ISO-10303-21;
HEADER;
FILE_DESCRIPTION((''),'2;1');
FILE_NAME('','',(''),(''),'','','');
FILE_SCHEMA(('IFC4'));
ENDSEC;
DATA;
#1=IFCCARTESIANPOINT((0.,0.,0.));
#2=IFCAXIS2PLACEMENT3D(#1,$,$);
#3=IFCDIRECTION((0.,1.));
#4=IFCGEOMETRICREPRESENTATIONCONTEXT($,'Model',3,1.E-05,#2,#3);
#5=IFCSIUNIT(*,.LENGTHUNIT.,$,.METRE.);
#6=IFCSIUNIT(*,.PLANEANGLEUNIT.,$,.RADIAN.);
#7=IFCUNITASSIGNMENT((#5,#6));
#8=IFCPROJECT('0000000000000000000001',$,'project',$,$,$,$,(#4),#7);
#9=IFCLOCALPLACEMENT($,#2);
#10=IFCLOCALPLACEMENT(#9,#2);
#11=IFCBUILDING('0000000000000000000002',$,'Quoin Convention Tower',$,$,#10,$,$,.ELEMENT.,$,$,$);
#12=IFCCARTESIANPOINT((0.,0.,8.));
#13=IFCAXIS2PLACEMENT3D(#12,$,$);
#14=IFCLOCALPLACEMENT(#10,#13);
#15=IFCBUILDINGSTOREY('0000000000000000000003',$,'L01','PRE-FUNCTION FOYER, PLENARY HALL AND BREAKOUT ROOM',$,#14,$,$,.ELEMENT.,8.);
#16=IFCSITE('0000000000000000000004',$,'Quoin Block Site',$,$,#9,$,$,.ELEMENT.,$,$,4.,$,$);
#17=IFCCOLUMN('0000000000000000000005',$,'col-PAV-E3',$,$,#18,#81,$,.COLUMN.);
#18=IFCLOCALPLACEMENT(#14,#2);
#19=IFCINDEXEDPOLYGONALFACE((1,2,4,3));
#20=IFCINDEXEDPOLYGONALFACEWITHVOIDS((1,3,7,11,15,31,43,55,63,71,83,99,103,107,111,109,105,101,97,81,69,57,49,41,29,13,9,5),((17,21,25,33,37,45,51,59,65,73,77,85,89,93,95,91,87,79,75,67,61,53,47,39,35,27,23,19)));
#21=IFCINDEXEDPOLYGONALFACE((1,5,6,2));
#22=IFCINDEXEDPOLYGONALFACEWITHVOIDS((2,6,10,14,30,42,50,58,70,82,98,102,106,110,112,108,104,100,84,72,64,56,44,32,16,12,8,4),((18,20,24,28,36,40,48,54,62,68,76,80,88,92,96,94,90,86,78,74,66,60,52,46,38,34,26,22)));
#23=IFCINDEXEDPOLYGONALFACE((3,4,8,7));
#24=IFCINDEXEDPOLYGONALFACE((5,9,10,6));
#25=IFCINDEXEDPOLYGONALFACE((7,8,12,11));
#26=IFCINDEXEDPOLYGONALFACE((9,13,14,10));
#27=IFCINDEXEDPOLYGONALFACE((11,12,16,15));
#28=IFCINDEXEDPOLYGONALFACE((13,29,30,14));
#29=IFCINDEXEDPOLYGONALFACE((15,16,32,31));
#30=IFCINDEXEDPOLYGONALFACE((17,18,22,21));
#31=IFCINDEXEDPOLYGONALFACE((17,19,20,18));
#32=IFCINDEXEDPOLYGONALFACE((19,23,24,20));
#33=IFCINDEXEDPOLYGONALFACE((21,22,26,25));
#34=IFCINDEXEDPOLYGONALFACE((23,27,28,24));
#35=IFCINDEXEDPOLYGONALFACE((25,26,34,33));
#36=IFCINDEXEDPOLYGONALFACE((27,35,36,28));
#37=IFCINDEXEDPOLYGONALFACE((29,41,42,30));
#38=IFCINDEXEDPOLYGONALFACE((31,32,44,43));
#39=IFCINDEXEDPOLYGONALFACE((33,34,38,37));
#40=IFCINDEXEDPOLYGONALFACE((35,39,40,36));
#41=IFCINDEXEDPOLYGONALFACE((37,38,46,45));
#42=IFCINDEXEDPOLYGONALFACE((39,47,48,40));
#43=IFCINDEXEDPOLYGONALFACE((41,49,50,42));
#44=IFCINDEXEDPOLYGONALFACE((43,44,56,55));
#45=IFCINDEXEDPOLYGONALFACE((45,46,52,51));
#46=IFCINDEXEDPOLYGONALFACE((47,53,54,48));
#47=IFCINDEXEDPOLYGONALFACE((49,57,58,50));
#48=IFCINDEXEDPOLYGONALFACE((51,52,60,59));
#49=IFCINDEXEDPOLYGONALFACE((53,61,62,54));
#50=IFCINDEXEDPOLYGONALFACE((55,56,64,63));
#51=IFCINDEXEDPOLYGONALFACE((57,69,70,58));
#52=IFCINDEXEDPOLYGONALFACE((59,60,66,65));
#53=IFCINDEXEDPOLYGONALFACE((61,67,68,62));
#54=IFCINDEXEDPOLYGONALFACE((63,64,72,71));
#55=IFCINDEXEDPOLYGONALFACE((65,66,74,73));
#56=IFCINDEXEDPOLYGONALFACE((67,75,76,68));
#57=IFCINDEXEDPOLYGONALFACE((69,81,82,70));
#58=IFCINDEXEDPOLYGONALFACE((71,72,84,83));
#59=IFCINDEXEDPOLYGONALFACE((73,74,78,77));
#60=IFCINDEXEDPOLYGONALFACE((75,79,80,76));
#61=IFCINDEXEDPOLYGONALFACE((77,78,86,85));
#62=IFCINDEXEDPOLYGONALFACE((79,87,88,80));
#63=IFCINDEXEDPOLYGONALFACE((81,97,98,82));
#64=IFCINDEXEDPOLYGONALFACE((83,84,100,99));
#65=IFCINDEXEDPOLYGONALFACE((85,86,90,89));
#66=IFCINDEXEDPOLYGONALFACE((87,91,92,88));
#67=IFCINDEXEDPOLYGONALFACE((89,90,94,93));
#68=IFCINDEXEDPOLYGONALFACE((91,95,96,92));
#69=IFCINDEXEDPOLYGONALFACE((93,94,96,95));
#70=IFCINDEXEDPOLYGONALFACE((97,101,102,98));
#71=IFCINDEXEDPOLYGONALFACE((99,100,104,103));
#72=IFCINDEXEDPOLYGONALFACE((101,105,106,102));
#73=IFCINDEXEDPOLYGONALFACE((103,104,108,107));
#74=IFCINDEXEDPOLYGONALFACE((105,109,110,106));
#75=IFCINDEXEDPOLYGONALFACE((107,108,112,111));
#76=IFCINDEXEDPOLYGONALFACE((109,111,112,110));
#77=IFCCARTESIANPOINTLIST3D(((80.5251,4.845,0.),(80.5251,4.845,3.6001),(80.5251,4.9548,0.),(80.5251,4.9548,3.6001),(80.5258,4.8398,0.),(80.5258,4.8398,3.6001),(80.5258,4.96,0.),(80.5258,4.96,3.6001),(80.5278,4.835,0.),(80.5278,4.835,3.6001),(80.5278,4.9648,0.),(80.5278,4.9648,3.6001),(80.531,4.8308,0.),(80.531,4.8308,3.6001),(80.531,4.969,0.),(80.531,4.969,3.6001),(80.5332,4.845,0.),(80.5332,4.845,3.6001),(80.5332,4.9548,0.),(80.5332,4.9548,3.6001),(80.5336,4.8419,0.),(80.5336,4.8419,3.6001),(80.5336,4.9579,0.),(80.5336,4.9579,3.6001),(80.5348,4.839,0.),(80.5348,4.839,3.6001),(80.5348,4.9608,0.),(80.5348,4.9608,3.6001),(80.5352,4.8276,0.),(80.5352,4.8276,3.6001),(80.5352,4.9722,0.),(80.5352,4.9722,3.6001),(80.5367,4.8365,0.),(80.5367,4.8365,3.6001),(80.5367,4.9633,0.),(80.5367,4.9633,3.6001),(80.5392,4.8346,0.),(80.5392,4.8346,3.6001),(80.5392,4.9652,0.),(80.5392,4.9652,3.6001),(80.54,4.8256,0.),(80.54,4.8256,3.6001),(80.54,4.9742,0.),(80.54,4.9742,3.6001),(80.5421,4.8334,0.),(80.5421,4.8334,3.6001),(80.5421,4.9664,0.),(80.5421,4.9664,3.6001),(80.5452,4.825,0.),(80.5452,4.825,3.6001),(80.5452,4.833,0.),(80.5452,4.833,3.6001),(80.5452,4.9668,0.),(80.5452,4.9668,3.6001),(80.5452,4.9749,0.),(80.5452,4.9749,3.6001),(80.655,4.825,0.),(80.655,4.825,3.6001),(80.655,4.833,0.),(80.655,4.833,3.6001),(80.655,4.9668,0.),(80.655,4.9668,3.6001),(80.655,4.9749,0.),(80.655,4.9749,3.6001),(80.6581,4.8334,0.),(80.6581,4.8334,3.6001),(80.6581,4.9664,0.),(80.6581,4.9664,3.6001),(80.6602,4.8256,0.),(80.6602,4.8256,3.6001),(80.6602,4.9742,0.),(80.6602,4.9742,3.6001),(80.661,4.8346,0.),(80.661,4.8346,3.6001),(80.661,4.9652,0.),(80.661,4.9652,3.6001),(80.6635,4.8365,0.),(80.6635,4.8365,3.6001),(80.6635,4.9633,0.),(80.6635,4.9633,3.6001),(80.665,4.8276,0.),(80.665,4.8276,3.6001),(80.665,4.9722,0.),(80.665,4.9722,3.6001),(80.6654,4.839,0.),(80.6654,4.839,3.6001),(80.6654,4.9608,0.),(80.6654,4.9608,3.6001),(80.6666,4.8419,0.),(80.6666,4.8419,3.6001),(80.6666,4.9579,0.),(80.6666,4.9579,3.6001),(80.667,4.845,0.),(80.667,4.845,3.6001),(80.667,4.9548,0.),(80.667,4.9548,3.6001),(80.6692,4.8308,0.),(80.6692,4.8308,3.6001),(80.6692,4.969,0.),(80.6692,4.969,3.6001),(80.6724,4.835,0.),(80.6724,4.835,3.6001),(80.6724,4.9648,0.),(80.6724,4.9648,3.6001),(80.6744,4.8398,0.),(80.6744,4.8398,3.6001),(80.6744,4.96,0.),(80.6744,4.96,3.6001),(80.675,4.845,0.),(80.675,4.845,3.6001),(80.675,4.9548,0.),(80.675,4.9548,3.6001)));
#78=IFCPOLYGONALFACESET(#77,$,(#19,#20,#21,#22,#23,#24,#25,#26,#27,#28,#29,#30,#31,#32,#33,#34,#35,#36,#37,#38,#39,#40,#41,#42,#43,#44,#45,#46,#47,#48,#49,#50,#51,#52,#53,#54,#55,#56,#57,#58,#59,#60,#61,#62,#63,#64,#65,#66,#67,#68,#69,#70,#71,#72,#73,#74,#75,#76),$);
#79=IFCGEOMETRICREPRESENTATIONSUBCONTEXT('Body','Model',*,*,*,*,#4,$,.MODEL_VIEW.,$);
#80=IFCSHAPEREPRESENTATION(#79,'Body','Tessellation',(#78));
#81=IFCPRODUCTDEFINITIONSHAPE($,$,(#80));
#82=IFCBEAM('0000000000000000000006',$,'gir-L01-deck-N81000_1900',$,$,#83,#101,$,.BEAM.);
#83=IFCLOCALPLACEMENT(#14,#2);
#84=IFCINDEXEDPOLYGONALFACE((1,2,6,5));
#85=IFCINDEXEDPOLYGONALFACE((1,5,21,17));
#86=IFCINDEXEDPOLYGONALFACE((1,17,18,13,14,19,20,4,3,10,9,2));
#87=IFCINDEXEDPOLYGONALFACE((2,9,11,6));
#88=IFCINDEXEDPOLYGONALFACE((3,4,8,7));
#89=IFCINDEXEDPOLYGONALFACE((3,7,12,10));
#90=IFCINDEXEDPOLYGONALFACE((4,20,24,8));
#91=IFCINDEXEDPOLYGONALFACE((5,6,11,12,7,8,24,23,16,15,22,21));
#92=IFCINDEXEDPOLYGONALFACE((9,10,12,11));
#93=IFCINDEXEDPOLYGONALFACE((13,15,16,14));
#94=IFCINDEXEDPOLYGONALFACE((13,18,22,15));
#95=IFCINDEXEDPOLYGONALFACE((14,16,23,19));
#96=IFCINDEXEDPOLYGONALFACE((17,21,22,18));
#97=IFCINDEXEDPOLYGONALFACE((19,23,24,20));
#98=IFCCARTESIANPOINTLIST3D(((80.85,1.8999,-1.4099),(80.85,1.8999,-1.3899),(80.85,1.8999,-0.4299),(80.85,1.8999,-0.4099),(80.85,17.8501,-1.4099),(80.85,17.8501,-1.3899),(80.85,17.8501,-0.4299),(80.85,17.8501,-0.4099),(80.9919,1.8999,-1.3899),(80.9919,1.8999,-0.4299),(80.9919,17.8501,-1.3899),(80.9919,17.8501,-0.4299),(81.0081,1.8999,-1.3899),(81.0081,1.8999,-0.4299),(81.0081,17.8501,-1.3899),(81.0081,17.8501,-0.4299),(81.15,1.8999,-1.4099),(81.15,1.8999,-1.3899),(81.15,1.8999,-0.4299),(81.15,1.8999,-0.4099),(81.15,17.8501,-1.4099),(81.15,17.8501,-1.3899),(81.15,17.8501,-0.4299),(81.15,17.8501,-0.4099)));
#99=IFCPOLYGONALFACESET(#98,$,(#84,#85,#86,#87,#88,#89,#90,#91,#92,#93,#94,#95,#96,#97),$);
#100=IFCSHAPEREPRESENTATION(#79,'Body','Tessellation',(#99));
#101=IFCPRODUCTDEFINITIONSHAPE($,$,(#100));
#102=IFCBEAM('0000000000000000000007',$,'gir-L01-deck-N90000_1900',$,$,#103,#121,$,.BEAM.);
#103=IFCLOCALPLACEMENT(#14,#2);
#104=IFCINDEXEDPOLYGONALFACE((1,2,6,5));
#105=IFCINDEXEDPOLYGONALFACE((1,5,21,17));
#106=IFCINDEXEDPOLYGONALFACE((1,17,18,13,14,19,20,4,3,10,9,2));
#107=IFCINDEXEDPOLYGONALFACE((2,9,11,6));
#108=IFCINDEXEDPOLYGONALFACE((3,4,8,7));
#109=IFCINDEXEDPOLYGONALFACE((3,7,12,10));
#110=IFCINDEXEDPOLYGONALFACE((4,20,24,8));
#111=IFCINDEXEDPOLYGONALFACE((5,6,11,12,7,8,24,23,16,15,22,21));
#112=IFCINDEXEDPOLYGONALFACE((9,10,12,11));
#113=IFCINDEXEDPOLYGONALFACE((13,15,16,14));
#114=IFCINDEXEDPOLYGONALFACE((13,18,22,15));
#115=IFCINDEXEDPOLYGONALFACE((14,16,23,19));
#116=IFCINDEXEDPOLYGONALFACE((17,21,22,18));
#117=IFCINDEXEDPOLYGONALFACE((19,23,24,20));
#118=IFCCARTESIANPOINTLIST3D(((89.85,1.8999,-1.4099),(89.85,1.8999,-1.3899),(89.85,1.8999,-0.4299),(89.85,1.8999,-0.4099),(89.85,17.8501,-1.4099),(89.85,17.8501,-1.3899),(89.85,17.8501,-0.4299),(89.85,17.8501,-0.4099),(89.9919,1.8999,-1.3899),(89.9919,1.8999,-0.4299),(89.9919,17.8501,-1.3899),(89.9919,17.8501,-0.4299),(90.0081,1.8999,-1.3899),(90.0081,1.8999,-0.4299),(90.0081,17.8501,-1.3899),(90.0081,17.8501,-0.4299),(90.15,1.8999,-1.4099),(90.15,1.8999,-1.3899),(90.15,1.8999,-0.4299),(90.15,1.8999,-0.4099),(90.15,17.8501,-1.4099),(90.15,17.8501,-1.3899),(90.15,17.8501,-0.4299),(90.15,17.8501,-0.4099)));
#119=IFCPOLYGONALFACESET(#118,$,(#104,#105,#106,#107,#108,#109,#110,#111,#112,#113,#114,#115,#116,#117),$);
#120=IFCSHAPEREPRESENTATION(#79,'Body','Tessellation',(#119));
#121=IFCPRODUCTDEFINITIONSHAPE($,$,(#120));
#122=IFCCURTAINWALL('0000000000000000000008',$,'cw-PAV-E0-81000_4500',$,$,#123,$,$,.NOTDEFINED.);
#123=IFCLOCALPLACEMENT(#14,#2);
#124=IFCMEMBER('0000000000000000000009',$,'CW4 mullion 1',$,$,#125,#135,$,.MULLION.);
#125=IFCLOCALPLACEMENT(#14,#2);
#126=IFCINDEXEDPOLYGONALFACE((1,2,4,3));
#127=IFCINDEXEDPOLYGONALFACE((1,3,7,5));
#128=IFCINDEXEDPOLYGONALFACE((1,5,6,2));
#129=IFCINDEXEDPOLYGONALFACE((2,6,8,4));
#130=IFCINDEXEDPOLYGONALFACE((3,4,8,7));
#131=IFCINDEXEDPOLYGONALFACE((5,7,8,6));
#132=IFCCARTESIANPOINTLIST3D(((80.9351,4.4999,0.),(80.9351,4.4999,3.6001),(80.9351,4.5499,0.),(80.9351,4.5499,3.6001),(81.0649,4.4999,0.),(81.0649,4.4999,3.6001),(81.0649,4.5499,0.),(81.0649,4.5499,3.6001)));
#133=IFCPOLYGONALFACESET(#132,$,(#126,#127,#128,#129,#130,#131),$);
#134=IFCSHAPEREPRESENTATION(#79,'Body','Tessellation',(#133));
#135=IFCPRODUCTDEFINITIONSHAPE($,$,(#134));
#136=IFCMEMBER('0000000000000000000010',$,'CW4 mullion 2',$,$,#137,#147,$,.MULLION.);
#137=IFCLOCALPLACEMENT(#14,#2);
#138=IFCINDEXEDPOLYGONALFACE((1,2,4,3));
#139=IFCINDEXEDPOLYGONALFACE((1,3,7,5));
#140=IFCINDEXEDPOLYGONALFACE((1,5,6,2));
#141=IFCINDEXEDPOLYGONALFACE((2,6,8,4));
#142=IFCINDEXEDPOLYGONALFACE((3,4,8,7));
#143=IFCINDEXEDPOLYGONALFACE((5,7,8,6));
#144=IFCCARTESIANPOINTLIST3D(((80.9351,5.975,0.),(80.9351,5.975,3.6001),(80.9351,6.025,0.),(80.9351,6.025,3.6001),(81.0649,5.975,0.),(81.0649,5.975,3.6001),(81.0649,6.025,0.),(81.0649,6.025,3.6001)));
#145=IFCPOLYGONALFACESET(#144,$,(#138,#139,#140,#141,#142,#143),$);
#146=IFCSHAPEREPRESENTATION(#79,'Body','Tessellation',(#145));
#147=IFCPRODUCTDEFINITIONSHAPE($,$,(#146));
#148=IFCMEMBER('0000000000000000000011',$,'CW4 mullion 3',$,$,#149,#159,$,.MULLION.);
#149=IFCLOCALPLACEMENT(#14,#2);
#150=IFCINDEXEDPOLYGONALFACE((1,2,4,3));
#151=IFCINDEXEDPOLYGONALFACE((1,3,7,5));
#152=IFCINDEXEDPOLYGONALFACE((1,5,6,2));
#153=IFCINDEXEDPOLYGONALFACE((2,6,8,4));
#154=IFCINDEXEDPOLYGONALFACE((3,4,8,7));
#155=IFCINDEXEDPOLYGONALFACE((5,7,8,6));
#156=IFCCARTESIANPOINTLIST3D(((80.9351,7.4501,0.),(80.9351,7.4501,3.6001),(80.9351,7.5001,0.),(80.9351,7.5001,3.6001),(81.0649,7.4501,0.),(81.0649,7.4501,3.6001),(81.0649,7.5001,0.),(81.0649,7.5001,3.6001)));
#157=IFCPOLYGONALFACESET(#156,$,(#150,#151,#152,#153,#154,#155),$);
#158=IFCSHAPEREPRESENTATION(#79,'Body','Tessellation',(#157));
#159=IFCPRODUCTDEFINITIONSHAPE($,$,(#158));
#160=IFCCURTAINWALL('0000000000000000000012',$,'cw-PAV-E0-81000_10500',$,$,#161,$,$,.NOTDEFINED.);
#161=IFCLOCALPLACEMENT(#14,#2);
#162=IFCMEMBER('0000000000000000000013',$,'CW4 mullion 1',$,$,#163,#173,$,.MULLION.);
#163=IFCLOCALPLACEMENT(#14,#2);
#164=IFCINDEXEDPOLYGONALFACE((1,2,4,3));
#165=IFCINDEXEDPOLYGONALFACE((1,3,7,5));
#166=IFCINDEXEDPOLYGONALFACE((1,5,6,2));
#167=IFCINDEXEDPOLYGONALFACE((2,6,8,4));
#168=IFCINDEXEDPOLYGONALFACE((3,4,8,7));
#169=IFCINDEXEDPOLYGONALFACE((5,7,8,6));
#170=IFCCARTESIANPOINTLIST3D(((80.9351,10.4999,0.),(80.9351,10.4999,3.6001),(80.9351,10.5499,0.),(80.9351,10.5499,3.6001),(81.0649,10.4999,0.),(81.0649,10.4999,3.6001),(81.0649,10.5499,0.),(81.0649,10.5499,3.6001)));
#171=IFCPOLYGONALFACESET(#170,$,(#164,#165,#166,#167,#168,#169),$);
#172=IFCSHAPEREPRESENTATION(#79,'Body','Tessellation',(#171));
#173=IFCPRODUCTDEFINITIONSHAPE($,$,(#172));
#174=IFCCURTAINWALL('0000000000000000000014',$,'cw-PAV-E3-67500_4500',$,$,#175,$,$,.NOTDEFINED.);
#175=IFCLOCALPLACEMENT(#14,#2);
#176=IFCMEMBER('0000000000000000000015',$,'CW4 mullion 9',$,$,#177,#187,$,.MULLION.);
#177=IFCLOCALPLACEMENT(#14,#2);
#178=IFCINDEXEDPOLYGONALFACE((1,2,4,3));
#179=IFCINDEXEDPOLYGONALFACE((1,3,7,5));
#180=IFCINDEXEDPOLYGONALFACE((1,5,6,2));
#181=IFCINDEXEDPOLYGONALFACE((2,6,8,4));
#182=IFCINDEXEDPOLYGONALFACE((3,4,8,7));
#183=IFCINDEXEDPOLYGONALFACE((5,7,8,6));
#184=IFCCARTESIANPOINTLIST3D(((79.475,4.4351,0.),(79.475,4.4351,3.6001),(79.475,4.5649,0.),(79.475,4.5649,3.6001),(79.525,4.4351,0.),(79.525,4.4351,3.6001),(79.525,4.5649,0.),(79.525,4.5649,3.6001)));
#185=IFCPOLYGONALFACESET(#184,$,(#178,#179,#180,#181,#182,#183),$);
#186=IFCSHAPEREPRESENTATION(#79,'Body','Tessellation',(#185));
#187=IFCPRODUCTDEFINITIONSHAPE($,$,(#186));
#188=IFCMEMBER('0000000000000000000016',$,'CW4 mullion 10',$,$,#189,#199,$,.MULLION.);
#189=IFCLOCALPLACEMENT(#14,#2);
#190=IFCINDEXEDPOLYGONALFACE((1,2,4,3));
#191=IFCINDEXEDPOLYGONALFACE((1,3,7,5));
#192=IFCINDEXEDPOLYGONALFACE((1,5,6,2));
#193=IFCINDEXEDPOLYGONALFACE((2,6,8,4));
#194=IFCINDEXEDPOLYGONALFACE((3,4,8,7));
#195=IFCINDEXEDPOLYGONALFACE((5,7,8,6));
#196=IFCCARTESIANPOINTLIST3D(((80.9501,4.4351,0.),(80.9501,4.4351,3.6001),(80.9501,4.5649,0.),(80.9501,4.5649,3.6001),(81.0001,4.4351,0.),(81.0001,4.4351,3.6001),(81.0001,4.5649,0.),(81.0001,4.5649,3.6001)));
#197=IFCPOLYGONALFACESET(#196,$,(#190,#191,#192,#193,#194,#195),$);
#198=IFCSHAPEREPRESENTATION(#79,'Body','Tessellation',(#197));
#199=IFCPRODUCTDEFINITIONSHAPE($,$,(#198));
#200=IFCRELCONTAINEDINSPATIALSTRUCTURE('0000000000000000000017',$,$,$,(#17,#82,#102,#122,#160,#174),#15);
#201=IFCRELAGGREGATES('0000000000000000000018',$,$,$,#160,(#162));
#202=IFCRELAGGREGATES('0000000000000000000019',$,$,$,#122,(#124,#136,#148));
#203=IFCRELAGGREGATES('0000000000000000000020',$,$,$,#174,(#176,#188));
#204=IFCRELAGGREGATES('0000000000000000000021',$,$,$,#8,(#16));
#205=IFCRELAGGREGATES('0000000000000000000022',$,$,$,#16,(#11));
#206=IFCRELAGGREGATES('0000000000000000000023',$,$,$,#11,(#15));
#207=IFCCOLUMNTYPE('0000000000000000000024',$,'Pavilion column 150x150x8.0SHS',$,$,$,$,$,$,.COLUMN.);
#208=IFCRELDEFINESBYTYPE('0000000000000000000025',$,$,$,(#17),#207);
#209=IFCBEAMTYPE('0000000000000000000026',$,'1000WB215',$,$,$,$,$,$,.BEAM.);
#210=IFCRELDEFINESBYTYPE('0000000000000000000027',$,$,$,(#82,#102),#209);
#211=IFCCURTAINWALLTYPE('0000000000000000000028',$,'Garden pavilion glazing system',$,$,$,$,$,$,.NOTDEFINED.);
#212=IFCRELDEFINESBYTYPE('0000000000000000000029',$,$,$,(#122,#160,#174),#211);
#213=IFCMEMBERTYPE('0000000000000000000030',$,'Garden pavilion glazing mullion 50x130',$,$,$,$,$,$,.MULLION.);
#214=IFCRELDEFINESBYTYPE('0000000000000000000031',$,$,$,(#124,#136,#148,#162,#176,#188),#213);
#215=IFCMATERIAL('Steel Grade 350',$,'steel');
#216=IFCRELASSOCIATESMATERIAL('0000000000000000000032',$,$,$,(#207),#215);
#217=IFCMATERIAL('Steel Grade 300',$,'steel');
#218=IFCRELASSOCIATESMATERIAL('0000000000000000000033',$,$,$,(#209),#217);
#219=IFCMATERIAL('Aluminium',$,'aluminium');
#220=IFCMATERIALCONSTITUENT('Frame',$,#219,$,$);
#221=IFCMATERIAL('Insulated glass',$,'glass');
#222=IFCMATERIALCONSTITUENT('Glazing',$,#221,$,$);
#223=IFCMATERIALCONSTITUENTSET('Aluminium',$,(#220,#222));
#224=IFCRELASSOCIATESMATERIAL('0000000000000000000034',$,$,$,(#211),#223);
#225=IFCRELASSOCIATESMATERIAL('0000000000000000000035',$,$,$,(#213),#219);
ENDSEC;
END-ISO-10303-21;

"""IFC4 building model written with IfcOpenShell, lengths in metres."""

from ifc_helpers import new_model, si_unit, direction, frame, origin, origin_2d, place, context, subcontext, project, spatial, rectangle, hollow_rectangle, i_section, extrude, material, constituent, constituent_set, material_profile, profile_set, type_object, element, aggregate, save


model = new_model("IFC4")

# Units and contexts
model_context = context("Model", 3, precision=1e-05, world=origin(), true_north=direction((0.0, 1.0)))
body_context = subcontext(model_context, "Body", "Model", "MODEL_VIEW")
ifc_project = project(units=[si_unit("LENGTHUNIT", "METRE"), si_unit("PLANEANGLEUNIT", "RADIAN")], contexts=[model_context])

# Site, building, storey
site_placement = place(None, origin())
site = spatial("IfcSite", under=ifc_project, at=site_placement, Name="Quoin Block Site", CompositionType="ELEMENT", RefElevation=4.0)
building_placement = place(site_placement, origin())
building = spatial("IfcBuilding", under=site, at=building_placement, Name="Quoin Convention Tower", CompositionType="ELEMENT")
storey_placement = place(building_placement, frame((0.0, 0.0, 8.0)))
storey = spatial("IfcBuildingStorey", under=building, at=storey_placement, Name="L01", Description="PRE-FUNCTION FOYER, PLENARY HALL AND BREAKOUT ROOM", CompositionType="ELEMENT", Elevation=8.0)

# Column
ifc_material_1 = material(Name="Steel Grade 350", Category="steel")
ifc_material_profile_1 = material_profile(ifc_material_1, hollow_rectangle(XDim=0.1499, YDim=0.1499, WallThickness=0.0081, InnerFilletRadius=0.012, OuterFilletRadius=0.02, at=origin_2d()), Name="150x150x8.0SHS")
ifc_profile_set_1 = profile_set([ifc_material_profile_1], Name="Steel Grade 350")
column_type = type_object("IfcColumnType", Name="Pavilion column 150x150x8.0SHS", PredefinedType="COLUMN", material=ifc_profile_set_1)
column_placement = place(storey_placement, frame((80.6001, 4.8999, 0.0), z_axis=(0.0, 0.0, 1.0), x_axis=(1.0, 0.0, 0.0)))
element("IfcColumn", 1, at=column_placement, inside=storey, type_object=column_type, Name="col-PAV-E3", PredefinedType="COLUMN", context=body_context, shape_type="SweptSolid", body=[
    extrude(hollow_rectangle(XDim=0.1499, YDim=0.1499, WallThickness=0.0081, InnerFilletRadius=0.012, OuterFilletRadius=0.02, at=origin_2d()), origin(), (0.0, 0.0, 1.0), 3.6001),
])

# Beams
ifc_material_2 = material(Name="Steel Grade 300", Category="steel")
ifc_material_profile_2 = material_profile(ifc_material_2, i_section(OverallWidth=0.3, OverallDepth=1.0, WebThickness=0.0161, FlangeThickness=0.02, at=origin_2d()), Name="1000WB215")
ifc_profile_set_2 = profile_set([ifc_material_profile_2], Name="Steel Grade 300")
beam_type_1 = type_object("IfcBeamType", Name="1000WB215", PredefinedType="BEAM", material=ifc_profile_set_2)
for number, where, z_axis, x_axis, name in (
    (2, (81.0, 1.8999, -0.9099), (0.0, 1.0, 0.0), (-1.0, 0.0, 0.0), "gir-L01-deck-N81000_1900"),
    (3, (90.0, 1.8999, -0.9099), (0.0, 1.0, 0.0), (-1.0, 0.0, 0.0), "gir-L01-deck-N90000_1900"),
):
    element("IfcBeam", number, at=place(storey_placement, frame(where, z_axis=z_axis, x_axis=x_axis)), inside=storey, type_object=beam_type_1, Name=name, PredefinedType="BEAM", context=body_context, shape_type="SweptSolid", body=[
        extrude(i_section(OverallWidth=0.3, OverallDepth=1.0, WebThickness=0.0161, FlangeThickness=0.02, at=origin_2d()), origin(), (0.0, 0.0, 1.0), 15.9502),
    ])

# Curtain wall, members
ifc_material_3 = material(Name="Aluminium", Category="aluminium")
ifc_constituent_1 = constituent(ifc_material_3, Name="Frame")
ifc_material_4 = material(Name="Insulated glass", Category="glass")
ifc_constituent_2 = constituent(ifc_material_4, Name="Glazing")
ifc_constituent_set_1 = constituent_set(constituents=[ifc_constituent_1, ifc_constituent_2], Name="Aluminium")
curtain_wall_type = type_object("IfcCurtainWallType", Name="Garden pavilion glazing system", PredefinedType="NOTDEFINED", material=ifc_constituent_set_1)
curtain_wall_1_placement = place(storey_placement, origin())
curtain_wall_1 = element("IfcCurtainWall", 4, at=curtain_wall_1_placement, inside=storey, type_object=curtain_wall_type, Name="cw-PAV-E0-81000_4500", PredefinedType="NOTDEFINED")
ifc_material_profile_3 = material_profile(ifc_material_3, rectangle(XDim=0.1299, YDim=0.05, at=origin_2d()), Name="Garden pavilion glazing mullion 50x130")
ifc_profile_set_3 = profile_set([ifc_material_profile_3], Name="Aluminium")
member_type_1 = type_object("IfcMemberType", Name="Garden pavilion glazing mullion 50x130", PredefinedType="MULLION", material=ifc_profile_set_3)
member_1_placement = place(storey_placement, frame((81.0, 4.5249, 0.0), z_axis=(0.0, 0.0, 1.0), x_axis=(-1.0, 0.0, 0.0)))
member_1 = element("IfcMember", 5, at=member_1_placement, type_object=member_type_1, Name="CW4 mullion 1", PredefinedType="MULLION", context=body_context, shape_type="SweptSolid", body=[
    extrude(rectangle(XDim=0.1299, YDim=0.05, at=origin_2d()), origin(), (0.0, 0.0, 1.0), 3.6001),
])
member_2_placement = place(storey_placement, frame((81.0, 6.0, 0.0), z_axis=(0.0, 0.0, 1.0), x_axis=(-1.0, 0.0, 0.0)))
member_2 = element("IfcMember", 6, at=member_2_placement, type_object=member_type_1, Name="CW4 mullion 2", PredefinedType="MULLION", context=body_context, shape_type="SweptSolid", body=[
    extrude(rectangle(XDim=0.1299, YDim=0.05, at=origin_2d()), origin(), (0.0, 0.0, 1.0), 3.6001),
])
member_3_placement = place(storey_placement, frame((81.0, 7.4751, 0.0), z_axis=(0.0, 0.0, 1.0), x_axis=(-1.0, 0.0, 0.0)))
member_3 = element("IfcMember", 7, at=member_3_placement, type_object=member_type_1, Name="CW4 mullion 3", PredefinedType="MULLION", context=body_context, shape_type="SweptSolid", body=[
    extrude(rectangle(XDim=0.1299, YDim=0.05, at=origin_2d()), origin(), (0.0, 0.0, 1.0), 3.6001),
])

# Curtain wall, member
curtain_wall_2_placement = place(storey_placement, origin())
curtain_wall_2 = element("IfcCurtainWall", 8, at=curtain_wall_2_placement, inside=storey, type_object=curtain_wall_type, Name="cw-PAV-E0-81000_10500", PredefinedType="NOTDEFINED")
member_4_placement = place(storey_placement, frame((81.0, 10.5249, 0.0), z_axis=(0.0, 0.0, 1.0), x_axis=(-1.0, 0.0, 0.0)))
member_4 = element("IfcMember", 9, at=member_4_placement, type_object=member_type_1, Name="CW4 mullion 1", PredefinedType="MULLION", context=body_context, shape_type="SweptSolid", body=[
    extrude(rectangle(XDim=0.1299, YDim=0.05, at=origin_2d()), origin(), (0.0, 0.0, 1.0), 3.6001),
])

# Curtain wall, members
curtain_wall_3_placement = place(storey_placement, origin())
curtain_wall_3 = element("IfcCurtainWall", 10, at=curtain_wall_3_placement, inside=storey, type_object=curtain_wall_type, Name="cw-PAV-E3-67500_4500", PredefinedType="NOTDEFINED")
member_5_placement = place(storey_placement, frame((79.5, 4.5, 0.0), z_axis=(0.0, 0.0, 1.0), x_axis=(0.0, 1.0, 0.0)))
member_5 = element("IfcMember", 11, at=member_5_placement, type_object=member_type_1, Name="CW4 mullion 9", PredefinedType="MULLION", context=body_context, shape_type="SweptSolid", body=[
    extrude(rectangle(XDim=0.1299, YDim=0.05, at=origin_2d()), origin(), (0.0, 0.0, 1.0), 3.6001),
])
member_6_placement = place(storey_placement, frame((80.9751, 4.5, 0.0), z_axis=(0.0, 0.0, 1.0), x_axis=(0.0, 1.0, 0.0)))
member_6 = element("IfcMember", 12, at=member_6_placement, type_object=member_type_1, Name="CW4 mullion 10", PredefinedType="MULLION", context=body_context, shape_type="SweptSolid", body=[
    extrude(rectangle(XDim=0.1299, YDim=0.05, at=origin_2d()), origin(), (0.0, 0.0, 1.0), 3.6001),
])

aggregate(curtain_wall_2, [member_4])

aggregate(curtain_wall_1, [member_1, member_2, member_3])
aggregate(curtain_wall_3, [member_5, member_6])

save(model, "model.ifc")
